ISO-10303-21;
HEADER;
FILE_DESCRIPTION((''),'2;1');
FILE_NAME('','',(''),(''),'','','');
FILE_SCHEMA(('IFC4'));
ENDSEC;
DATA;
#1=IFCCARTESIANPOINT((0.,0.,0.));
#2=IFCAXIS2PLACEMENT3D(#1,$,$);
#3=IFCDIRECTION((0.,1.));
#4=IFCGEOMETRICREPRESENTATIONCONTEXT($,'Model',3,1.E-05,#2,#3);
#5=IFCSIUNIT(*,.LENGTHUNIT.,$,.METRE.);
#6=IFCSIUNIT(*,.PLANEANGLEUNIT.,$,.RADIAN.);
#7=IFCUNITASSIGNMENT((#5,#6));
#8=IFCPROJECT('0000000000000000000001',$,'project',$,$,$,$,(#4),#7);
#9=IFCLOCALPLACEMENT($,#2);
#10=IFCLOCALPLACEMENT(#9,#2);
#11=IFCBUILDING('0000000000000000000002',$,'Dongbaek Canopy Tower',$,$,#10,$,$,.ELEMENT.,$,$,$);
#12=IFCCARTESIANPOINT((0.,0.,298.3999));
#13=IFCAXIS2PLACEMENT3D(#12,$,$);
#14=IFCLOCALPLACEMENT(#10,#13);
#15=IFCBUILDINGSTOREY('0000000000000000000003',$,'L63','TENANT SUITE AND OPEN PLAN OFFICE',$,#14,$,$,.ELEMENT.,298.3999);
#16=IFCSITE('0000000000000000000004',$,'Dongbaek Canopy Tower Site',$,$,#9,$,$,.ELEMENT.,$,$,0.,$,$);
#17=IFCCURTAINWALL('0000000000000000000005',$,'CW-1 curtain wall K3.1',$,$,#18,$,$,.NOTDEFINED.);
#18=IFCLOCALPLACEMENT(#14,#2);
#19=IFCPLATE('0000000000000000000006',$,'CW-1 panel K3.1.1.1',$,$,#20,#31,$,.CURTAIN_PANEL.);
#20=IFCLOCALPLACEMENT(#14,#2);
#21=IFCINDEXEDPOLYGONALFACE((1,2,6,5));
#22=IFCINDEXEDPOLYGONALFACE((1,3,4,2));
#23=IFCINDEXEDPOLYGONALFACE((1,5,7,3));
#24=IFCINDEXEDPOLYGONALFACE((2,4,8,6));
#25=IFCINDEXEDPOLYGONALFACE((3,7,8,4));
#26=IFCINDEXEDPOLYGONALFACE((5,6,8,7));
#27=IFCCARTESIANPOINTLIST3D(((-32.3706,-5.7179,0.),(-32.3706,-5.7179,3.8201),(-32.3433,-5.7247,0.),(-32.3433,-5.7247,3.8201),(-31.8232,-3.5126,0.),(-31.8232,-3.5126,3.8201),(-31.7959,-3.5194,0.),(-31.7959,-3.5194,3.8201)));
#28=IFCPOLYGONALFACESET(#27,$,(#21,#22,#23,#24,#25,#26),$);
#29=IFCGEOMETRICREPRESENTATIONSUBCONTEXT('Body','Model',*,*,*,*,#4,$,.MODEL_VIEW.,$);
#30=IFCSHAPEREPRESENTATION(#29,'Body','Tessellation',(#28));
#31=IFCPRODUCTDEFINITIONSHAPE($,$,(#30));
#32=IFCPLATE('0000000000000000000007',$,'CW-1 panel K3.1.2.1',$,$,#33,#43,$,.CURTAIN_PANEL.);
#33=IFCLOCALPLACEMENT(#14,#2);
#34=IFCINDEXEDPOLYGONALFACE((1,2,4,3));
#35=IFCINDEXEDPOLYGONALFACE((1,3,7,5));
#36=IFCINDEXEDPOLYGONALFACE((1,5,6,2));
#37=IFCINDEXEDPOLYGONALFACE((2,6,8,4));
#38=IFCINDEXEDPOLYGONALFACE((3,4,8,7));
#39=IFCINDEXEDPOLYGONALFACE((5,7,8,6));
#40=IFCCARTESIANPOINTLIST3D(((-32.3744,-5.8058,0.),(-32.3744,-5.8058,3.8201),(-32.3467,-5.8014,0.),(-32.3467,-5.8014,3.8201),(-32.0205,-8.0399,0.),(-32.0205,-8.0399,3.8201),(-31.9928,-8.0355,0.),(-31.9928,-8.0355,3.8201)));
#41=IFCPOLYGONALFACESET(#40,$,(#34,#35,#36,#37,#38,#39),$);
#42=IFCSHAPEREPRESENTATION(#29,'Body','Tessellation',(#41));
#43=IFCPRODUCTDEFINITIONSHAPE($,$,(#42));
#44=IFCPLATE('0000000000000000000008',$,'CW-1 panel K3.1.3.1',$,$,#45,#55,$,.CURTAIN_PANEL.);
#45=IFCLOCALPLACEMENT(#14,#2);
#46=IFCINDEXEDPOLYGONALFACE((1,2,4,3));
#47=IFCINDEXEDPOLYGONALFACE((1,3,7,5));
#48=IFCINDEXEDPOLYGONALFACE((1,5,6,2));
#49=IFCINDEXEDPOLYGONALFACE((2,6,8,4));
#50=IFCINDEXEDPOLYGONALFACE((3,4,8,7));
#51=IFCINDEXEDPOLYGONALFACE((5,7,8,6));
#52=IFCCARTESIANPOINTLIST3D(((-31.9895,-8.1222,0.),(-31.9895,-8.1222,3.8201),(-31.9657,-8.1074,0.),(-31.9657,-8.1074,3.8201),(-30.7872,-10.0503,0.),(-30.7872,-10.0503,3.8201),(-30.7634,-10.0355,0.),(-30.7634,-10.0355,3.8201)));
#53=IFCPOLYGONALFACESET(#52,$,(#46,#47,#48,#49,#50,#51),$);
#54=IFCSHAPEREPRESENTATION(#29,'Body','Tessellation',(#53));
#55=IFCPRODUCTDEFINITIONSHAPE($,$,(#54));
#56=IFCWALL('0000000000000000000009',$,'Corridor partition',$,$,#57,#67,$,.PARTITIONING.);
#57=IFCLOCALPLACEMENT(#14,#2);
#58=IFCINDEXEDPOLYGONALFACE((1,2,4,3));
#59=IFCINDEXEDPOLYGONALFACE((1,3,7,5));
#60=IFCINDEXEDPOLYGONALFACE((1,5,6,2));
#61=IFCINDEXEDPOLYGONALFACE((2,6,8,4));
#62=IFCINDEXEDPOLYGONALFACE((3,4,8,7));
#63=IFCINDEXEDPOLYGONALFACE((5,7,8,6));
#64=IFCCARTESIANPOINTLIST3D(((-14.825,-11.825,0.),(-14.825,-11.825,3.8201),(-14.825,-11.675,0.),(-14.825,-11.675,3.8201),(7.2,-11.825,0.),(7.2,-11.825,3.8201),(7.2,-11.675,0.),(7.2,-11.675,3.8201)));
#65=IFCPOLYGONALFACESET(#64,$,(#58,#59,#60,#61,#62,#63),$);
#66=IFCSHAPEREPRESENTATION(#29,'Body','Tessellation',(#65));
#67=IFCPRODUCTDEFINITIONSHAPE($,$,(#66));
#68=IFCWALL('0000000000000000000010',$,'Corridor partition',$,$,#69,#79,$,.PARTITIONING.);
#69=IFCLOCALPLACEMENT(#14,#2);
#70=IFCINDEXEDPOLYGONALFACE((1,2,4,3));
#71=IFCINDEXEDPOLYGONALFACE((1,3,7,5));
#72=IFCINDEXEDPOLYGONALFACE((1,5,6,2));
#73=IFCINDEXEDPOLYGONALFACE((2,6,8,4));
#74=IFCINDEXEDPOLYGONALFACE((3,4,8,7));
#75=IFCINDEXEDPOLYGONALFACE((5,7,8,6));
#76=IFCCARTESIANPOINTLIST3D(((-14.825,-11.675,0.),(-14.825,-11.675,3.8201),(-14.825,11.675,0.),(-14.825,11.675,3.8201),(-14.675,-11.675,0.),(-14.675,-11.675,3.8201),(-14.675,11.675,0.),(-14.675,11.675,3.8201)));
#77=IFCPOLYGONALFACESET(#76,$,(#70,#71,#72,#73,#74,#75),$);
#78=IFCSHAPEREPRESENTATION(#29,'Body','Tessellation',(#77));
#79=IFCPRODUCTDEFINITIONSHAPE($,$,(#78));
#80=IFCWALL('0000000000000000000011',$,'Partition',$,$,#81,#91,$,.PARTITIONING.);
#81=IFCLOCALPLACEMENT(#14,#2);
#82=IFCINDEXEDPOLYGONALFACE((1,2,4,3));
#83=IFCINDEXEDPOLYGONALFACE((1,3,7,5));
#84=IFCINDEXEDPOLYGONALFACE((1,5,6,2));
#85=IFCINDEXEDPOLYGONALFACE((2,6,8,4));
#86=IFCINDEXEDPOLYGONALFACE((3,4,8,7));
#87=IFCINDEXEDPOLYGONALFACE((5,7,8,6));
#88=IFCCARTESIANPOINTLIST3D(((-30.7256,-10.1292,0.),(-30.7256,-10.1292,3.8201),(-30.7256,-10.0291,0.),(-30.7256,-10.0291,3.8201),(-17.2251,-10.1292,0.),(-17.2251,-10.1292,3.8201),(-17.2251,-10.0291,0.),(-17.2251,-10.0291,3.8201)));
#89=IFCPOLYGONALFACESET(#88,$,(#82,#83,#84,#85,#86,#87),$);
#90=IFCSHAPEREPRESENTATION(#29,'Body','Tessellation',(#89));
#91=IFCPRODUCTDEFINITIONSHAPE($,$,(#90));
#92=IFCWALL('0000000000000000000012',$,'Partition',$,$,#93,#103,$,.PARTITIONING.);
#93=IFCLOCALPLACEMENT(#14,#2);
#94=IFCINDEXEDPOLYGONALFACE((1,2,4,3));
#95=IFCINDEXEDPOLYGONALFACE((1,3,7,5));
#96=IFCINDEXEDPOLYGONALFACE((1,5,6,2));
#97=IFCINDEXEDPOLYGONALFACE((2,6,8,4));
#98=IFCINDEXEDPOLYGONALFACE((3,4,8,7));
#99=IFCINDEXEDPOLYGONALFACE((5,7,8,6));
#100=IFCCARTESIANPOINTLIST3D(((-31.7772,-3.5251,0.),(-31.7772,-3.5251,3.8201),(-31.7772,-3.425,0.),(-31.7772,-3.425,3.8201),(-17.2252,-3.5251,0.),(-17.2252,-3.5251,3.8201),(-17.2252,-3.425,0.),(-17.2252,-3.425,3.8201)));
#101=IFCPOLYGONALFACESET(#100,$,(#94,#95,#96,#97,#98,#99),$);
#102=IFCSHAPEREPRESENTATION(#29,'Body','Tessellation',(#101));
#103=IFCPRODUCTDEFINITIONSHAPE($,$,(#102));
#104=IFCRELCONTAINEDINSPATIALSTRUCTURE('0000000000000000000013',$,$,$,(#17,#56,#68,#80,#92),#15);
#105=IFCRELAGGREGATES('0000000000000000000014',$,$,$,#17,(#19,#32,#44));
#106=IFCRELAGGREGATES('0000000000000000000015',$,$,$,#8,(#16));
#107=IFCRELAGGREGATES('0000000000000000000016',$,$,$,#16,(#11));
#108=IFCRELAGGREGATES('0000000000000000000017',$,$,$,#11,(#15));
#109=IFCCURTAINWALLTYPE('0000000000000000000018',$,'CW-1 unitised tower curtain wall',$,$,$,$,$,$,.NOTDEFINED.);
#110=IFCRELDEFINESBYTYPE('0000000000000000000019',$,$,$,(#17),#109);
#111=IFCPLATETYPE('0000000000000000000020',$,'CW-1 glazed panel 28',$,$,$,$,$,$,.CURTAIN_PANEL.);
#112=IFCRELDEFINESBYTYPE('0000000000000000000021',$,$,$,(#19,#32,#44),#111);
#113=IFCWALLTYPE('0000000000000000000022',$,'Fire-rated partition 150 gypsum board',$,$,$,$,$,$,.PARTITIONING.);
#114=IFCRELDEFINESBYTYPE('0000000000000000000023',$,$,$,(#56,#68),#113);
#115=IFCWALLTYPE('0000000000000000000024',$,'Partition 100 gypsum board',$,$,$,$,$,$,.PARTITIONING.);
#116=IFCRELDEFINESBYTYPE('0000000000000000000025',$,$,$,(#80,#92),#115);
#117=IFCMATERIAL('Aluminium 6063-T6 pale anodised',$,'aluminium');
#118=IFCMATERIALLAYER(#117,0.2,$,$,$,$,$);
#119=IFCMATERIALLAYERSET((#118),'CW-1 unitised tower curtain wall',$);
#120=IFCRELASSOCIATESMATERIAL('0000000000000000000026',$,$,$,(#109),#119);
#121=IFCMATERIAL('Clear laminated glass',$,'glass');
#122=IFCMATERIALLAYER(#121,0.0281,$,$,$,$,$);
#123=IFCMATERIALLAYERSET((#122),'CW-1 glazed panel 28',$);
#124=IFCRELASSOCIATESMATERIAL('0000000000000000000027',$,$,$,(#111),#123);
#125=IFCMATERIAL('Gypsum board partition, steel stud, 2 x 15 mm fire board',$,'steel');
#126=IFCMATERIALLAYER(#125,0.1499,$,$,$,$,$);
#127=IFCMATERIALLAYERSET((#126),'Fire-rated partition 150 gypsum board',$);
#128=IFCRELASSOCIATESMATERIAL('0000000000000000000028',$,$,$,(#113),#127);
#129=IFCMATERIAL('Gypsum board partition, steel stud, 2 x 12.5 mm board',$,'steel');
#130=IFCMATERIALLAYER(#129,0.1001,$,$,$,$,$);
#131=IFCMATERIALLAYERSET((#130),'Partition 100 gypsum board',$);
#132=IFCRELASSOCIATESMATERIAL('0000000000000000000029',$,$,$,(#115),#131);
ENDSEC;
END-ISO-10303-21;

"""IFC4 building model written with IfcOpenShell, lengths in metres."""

from ifc_helpers import new_model, si_unit, direction, frame, frame_2d, origin, origin_2d, place, context, subcontext, project, spatial, rectangle, extrude, material, layer, layer_set, type_object, element, aggregate, save


model = new_model("IFC4")

# Units and contexts
model_context = context("Model", 3, precision=1e-05, world=origin(), true_north=direction((0.0, 1.0)))
body_context = subcontext(model_context, "Body", "Model", "MODEL_VIEW")
ifc_project = project(units=[si_unit("LENGTHUNIT", "METRE"), si_unit("PLANEANGLEUNIT", "RADIAN")], contexts=[model_context])

# Site, building, storey
site_placement = place(None, origin())
site = spatial("IfcSite", under=ifc_project, at=site_placement, Name="Dongbaek Canopy Tower Site", CompositionType="ELEMENT", RefElevation=0.0)
building_placement = place(site_placement, origin())
building = spatial("IfcBuilding", under=site, at=building_placement, Name="Dongbaek Canopy Tower", CompositionType="ELEMENT")
storey_placement = place(building_placement, frame((0.0, 0.0, 298.3999)))
storey = spatial("IfcBuildingStorey", under=building, at=storey_placement, Name="L63", Description="TENANT SUITE AND OPEN PLAN OFFICE", CompositionType="ELEMENT", Elevation=298.3999)

# Shared definitions
ifc_material_1 = material(Name="Aluminium 6063-T6 pale anodised", Category="aluminium")
ifc_layer_1 = layer(ifc_material_1, 0.2)
ifc_layer_set_1 = layer_set([ifc_layer_1], Name="CW-1 unitised tower curtain wall")
curtain_wall_type = type_object("IfcCurtainWallType", Name="CW-1 unitised tower curtain wall", PredefinedType="NOTDEFINED", material=ifc_layer_set_1)

# Curtain wall
curtain_wall_1_placement = place(storey_placement, origin())
curtain_wall_1 = element("IfcCurtainWall", 1, at=curtain_wall_1_placement, inside=storey, type_object=curtain_wall_type, Name="CW-1 curtain wall K3.1", PredefinedType="NOTDEFINED")

# Plates
ifc_material_2 = material(Name="Clear laminated glass", Category="glass")
ifc_layer_2 = layer(ifc_material_2, 0.0281)
ifc_layer_set_2 = layer_set([ifc_layer_2], Name="CW-1 glazed panel 28")
plate_type = type_object("IfcPlateType", Name="CW-1 glazed panel 28", PredefinedType="CURTAIN_PANEL", material=ifc_layer_set_2)
plate_1_placement = place(storey_placement, frame((-32.0833, -4.6187, 0.0), z_axis=(0.0, 0.0, 1.0), x_axis=(-0.240927, -0.970543, 0.0)))
plate_1 = element("IfcPlate", 2, at=plate_1_placement, type_object=plate_type, Name="CW-1 panel K3.1.1.1", PredefinedType="CURTAIN_PANEL", context=body_context, shape_type="SweptSolid", body=[
    extrude(rectangle(XDim=2.2722, YDim=0.0281, at=origin_2d()), origin(), (0.0, 0.0, 1.0), 3.8201),
])
plate_2_placement = place(storey_placement, frame((-32.1836, -6.9207, 0.0), z_axis=(0.0, 0.0, 1.0), x_axis=(0.156479, -0.987681, 0.0)))
plate_2 = element("IfcPlate", 3, at=plate_2_placement, type_object=plate_type, Name="CW-1 panel K3.1.2.1", PredefinedType="CURTAIN_PANEL", context=body_context, shape_type="SweptSolid", body=[
    extrude(rectangle(XDim=2.262, YDim=0.0281, at=origin_2d()), origin(), (0.0, 0.0, 1.0), 3.8201),
])
plate_3_placement = place(storey_placement, frame((-31.3765, -9.0789, 0.0), z_axis=(0.0, 0.0, 1.0), x_axis=(0.529126, -0.848543, 0.0)))
plate_3 = element("IfcPlate", 4, at=plate_3_placement, type_object=plate_type, Name="CW-1 panel K3.1.3.1", PredefinedType="CURTAIN_PANEL", context=body_context, shape_type="SweptSolid", body=[
    extrude(rectangle(XDim=2.2722, YDim=0.0281, at=origin_2d()), origin(), (0.0, 0.0, 1.0), 3.8201),
])
aggregate(curtain_wall_1, [plate_1, plate_2, plate_3])

# Walls
ifc_material_3 = material(Name="Gypsum board partition, steel stud, 2 x 15 mm fire board", Category="steel")
ifc_layer_3 = layer(ifc_material_3, 0.1499)
ifc_layer_set_3 = layer_set([ifc_layer_3], Name="Fire-rated partition 150 gypsum board")
wall_type_1 = type_object("IfcWallType", Name="Fire-rated partition 150 gypsum board", PredefinedType="PARTITIONING", material=ifc_layer_set_3)
wall_1_placement = place(storey_placement, frame((-14.825, -11.75, 0.0), z_axis=(0.0, 0.0, 1.0), x_axis=(1.0, 0.0, 0.0)))
element("IfcWall", 5, at=wall_1_placement, inside=storey, type_object=wall_type_1, Name="Corridor partition", PredefinedType="PARTITIONING", context=body_context, shape_type="SweptSolid", body=[
    extrude(rectangle(XDim=22.0249, YDim=0.1499, at=frame_2d((11.0125, 0.0))), origin(), (0.0, 0.0, 1.0), 3.8201),
])
wall_2_placement = place(storey_placement, frame((-14.75, -11.675, 0.0), z_axis=(0.0, 0.0, 1.0), x_axis=(0.0, 1.0, 0.0)))
element("IfcWall", 6, at=wall_2_placement, inside=storey, type_object=wall_type_1, Name="Corridor partition", PredefinedType="PARTITIONING", context=body_context, shape_type="SweptSolid", body=[
    extrude(rectangle(XDim=23.3501, YDim=0.1499, at=frame_2d((11.675, 0.0))), origin(), (0.0, 0.0, 1.0), 3.8201),
])
ifc_material_4 = material(Name="Gypsum board partition, steel stud, 2 x 12.5 mm board", Category="steel")
ifc_layer_4 = layer(ifc_material_4, 0.1001)
ifc_layer_set_4 = layer_set([ifc_layer_4], Name="Partition 100 gypsum board")
wall_type_2 = type_object("IfcWallType", Name="Partition 100 gypsum board", PredefinedType="PARTITIONING", material=ifc_layer_set_4)
wall_3_placement = place(storey_placement, frame((-30.7256, -10.0791, 0.0), z_axis=(0.0, 0.0, 1.0), x_axis=(1.0, 0.0, 0.0)))
element("IfcWall", 7, at=wall_3_placement, inside=storey, type_object=wall_type_2, Name="Partition", PredefinedType="PARTITIONING", context=body_context, shape_type="SweptSolid", body=[
    extrude(rectangle(XDim=13.5005, YDim=0.1001, at=frame_2d((6.7502, 0.0))), origin(), (0.0, 0.0, 1.0), 3.8201),
])
wall_4_placement = place(storey_placement, frame((-31.7771, -3.4751, 0.0), z_axis=(0.0, 0.0, 1.0), x_axis=(1.0, 0.0, 0.0)))
element("IfcWall", 8, at=wall_4_placement, inside=storey, type_object=wall_type_2, Name="Partition", PredefinedType="PARTITIONING", context=body_context, shape_type="SweptSolid", body=[
    extrude(rectangle(XDim=14.552, YDim=0.1001, at=frame_2d((7.2759, 0.0))), origin(), (0.0, 0.0, 1.0), 3.8201),
])

save(model, "model.ifc")
